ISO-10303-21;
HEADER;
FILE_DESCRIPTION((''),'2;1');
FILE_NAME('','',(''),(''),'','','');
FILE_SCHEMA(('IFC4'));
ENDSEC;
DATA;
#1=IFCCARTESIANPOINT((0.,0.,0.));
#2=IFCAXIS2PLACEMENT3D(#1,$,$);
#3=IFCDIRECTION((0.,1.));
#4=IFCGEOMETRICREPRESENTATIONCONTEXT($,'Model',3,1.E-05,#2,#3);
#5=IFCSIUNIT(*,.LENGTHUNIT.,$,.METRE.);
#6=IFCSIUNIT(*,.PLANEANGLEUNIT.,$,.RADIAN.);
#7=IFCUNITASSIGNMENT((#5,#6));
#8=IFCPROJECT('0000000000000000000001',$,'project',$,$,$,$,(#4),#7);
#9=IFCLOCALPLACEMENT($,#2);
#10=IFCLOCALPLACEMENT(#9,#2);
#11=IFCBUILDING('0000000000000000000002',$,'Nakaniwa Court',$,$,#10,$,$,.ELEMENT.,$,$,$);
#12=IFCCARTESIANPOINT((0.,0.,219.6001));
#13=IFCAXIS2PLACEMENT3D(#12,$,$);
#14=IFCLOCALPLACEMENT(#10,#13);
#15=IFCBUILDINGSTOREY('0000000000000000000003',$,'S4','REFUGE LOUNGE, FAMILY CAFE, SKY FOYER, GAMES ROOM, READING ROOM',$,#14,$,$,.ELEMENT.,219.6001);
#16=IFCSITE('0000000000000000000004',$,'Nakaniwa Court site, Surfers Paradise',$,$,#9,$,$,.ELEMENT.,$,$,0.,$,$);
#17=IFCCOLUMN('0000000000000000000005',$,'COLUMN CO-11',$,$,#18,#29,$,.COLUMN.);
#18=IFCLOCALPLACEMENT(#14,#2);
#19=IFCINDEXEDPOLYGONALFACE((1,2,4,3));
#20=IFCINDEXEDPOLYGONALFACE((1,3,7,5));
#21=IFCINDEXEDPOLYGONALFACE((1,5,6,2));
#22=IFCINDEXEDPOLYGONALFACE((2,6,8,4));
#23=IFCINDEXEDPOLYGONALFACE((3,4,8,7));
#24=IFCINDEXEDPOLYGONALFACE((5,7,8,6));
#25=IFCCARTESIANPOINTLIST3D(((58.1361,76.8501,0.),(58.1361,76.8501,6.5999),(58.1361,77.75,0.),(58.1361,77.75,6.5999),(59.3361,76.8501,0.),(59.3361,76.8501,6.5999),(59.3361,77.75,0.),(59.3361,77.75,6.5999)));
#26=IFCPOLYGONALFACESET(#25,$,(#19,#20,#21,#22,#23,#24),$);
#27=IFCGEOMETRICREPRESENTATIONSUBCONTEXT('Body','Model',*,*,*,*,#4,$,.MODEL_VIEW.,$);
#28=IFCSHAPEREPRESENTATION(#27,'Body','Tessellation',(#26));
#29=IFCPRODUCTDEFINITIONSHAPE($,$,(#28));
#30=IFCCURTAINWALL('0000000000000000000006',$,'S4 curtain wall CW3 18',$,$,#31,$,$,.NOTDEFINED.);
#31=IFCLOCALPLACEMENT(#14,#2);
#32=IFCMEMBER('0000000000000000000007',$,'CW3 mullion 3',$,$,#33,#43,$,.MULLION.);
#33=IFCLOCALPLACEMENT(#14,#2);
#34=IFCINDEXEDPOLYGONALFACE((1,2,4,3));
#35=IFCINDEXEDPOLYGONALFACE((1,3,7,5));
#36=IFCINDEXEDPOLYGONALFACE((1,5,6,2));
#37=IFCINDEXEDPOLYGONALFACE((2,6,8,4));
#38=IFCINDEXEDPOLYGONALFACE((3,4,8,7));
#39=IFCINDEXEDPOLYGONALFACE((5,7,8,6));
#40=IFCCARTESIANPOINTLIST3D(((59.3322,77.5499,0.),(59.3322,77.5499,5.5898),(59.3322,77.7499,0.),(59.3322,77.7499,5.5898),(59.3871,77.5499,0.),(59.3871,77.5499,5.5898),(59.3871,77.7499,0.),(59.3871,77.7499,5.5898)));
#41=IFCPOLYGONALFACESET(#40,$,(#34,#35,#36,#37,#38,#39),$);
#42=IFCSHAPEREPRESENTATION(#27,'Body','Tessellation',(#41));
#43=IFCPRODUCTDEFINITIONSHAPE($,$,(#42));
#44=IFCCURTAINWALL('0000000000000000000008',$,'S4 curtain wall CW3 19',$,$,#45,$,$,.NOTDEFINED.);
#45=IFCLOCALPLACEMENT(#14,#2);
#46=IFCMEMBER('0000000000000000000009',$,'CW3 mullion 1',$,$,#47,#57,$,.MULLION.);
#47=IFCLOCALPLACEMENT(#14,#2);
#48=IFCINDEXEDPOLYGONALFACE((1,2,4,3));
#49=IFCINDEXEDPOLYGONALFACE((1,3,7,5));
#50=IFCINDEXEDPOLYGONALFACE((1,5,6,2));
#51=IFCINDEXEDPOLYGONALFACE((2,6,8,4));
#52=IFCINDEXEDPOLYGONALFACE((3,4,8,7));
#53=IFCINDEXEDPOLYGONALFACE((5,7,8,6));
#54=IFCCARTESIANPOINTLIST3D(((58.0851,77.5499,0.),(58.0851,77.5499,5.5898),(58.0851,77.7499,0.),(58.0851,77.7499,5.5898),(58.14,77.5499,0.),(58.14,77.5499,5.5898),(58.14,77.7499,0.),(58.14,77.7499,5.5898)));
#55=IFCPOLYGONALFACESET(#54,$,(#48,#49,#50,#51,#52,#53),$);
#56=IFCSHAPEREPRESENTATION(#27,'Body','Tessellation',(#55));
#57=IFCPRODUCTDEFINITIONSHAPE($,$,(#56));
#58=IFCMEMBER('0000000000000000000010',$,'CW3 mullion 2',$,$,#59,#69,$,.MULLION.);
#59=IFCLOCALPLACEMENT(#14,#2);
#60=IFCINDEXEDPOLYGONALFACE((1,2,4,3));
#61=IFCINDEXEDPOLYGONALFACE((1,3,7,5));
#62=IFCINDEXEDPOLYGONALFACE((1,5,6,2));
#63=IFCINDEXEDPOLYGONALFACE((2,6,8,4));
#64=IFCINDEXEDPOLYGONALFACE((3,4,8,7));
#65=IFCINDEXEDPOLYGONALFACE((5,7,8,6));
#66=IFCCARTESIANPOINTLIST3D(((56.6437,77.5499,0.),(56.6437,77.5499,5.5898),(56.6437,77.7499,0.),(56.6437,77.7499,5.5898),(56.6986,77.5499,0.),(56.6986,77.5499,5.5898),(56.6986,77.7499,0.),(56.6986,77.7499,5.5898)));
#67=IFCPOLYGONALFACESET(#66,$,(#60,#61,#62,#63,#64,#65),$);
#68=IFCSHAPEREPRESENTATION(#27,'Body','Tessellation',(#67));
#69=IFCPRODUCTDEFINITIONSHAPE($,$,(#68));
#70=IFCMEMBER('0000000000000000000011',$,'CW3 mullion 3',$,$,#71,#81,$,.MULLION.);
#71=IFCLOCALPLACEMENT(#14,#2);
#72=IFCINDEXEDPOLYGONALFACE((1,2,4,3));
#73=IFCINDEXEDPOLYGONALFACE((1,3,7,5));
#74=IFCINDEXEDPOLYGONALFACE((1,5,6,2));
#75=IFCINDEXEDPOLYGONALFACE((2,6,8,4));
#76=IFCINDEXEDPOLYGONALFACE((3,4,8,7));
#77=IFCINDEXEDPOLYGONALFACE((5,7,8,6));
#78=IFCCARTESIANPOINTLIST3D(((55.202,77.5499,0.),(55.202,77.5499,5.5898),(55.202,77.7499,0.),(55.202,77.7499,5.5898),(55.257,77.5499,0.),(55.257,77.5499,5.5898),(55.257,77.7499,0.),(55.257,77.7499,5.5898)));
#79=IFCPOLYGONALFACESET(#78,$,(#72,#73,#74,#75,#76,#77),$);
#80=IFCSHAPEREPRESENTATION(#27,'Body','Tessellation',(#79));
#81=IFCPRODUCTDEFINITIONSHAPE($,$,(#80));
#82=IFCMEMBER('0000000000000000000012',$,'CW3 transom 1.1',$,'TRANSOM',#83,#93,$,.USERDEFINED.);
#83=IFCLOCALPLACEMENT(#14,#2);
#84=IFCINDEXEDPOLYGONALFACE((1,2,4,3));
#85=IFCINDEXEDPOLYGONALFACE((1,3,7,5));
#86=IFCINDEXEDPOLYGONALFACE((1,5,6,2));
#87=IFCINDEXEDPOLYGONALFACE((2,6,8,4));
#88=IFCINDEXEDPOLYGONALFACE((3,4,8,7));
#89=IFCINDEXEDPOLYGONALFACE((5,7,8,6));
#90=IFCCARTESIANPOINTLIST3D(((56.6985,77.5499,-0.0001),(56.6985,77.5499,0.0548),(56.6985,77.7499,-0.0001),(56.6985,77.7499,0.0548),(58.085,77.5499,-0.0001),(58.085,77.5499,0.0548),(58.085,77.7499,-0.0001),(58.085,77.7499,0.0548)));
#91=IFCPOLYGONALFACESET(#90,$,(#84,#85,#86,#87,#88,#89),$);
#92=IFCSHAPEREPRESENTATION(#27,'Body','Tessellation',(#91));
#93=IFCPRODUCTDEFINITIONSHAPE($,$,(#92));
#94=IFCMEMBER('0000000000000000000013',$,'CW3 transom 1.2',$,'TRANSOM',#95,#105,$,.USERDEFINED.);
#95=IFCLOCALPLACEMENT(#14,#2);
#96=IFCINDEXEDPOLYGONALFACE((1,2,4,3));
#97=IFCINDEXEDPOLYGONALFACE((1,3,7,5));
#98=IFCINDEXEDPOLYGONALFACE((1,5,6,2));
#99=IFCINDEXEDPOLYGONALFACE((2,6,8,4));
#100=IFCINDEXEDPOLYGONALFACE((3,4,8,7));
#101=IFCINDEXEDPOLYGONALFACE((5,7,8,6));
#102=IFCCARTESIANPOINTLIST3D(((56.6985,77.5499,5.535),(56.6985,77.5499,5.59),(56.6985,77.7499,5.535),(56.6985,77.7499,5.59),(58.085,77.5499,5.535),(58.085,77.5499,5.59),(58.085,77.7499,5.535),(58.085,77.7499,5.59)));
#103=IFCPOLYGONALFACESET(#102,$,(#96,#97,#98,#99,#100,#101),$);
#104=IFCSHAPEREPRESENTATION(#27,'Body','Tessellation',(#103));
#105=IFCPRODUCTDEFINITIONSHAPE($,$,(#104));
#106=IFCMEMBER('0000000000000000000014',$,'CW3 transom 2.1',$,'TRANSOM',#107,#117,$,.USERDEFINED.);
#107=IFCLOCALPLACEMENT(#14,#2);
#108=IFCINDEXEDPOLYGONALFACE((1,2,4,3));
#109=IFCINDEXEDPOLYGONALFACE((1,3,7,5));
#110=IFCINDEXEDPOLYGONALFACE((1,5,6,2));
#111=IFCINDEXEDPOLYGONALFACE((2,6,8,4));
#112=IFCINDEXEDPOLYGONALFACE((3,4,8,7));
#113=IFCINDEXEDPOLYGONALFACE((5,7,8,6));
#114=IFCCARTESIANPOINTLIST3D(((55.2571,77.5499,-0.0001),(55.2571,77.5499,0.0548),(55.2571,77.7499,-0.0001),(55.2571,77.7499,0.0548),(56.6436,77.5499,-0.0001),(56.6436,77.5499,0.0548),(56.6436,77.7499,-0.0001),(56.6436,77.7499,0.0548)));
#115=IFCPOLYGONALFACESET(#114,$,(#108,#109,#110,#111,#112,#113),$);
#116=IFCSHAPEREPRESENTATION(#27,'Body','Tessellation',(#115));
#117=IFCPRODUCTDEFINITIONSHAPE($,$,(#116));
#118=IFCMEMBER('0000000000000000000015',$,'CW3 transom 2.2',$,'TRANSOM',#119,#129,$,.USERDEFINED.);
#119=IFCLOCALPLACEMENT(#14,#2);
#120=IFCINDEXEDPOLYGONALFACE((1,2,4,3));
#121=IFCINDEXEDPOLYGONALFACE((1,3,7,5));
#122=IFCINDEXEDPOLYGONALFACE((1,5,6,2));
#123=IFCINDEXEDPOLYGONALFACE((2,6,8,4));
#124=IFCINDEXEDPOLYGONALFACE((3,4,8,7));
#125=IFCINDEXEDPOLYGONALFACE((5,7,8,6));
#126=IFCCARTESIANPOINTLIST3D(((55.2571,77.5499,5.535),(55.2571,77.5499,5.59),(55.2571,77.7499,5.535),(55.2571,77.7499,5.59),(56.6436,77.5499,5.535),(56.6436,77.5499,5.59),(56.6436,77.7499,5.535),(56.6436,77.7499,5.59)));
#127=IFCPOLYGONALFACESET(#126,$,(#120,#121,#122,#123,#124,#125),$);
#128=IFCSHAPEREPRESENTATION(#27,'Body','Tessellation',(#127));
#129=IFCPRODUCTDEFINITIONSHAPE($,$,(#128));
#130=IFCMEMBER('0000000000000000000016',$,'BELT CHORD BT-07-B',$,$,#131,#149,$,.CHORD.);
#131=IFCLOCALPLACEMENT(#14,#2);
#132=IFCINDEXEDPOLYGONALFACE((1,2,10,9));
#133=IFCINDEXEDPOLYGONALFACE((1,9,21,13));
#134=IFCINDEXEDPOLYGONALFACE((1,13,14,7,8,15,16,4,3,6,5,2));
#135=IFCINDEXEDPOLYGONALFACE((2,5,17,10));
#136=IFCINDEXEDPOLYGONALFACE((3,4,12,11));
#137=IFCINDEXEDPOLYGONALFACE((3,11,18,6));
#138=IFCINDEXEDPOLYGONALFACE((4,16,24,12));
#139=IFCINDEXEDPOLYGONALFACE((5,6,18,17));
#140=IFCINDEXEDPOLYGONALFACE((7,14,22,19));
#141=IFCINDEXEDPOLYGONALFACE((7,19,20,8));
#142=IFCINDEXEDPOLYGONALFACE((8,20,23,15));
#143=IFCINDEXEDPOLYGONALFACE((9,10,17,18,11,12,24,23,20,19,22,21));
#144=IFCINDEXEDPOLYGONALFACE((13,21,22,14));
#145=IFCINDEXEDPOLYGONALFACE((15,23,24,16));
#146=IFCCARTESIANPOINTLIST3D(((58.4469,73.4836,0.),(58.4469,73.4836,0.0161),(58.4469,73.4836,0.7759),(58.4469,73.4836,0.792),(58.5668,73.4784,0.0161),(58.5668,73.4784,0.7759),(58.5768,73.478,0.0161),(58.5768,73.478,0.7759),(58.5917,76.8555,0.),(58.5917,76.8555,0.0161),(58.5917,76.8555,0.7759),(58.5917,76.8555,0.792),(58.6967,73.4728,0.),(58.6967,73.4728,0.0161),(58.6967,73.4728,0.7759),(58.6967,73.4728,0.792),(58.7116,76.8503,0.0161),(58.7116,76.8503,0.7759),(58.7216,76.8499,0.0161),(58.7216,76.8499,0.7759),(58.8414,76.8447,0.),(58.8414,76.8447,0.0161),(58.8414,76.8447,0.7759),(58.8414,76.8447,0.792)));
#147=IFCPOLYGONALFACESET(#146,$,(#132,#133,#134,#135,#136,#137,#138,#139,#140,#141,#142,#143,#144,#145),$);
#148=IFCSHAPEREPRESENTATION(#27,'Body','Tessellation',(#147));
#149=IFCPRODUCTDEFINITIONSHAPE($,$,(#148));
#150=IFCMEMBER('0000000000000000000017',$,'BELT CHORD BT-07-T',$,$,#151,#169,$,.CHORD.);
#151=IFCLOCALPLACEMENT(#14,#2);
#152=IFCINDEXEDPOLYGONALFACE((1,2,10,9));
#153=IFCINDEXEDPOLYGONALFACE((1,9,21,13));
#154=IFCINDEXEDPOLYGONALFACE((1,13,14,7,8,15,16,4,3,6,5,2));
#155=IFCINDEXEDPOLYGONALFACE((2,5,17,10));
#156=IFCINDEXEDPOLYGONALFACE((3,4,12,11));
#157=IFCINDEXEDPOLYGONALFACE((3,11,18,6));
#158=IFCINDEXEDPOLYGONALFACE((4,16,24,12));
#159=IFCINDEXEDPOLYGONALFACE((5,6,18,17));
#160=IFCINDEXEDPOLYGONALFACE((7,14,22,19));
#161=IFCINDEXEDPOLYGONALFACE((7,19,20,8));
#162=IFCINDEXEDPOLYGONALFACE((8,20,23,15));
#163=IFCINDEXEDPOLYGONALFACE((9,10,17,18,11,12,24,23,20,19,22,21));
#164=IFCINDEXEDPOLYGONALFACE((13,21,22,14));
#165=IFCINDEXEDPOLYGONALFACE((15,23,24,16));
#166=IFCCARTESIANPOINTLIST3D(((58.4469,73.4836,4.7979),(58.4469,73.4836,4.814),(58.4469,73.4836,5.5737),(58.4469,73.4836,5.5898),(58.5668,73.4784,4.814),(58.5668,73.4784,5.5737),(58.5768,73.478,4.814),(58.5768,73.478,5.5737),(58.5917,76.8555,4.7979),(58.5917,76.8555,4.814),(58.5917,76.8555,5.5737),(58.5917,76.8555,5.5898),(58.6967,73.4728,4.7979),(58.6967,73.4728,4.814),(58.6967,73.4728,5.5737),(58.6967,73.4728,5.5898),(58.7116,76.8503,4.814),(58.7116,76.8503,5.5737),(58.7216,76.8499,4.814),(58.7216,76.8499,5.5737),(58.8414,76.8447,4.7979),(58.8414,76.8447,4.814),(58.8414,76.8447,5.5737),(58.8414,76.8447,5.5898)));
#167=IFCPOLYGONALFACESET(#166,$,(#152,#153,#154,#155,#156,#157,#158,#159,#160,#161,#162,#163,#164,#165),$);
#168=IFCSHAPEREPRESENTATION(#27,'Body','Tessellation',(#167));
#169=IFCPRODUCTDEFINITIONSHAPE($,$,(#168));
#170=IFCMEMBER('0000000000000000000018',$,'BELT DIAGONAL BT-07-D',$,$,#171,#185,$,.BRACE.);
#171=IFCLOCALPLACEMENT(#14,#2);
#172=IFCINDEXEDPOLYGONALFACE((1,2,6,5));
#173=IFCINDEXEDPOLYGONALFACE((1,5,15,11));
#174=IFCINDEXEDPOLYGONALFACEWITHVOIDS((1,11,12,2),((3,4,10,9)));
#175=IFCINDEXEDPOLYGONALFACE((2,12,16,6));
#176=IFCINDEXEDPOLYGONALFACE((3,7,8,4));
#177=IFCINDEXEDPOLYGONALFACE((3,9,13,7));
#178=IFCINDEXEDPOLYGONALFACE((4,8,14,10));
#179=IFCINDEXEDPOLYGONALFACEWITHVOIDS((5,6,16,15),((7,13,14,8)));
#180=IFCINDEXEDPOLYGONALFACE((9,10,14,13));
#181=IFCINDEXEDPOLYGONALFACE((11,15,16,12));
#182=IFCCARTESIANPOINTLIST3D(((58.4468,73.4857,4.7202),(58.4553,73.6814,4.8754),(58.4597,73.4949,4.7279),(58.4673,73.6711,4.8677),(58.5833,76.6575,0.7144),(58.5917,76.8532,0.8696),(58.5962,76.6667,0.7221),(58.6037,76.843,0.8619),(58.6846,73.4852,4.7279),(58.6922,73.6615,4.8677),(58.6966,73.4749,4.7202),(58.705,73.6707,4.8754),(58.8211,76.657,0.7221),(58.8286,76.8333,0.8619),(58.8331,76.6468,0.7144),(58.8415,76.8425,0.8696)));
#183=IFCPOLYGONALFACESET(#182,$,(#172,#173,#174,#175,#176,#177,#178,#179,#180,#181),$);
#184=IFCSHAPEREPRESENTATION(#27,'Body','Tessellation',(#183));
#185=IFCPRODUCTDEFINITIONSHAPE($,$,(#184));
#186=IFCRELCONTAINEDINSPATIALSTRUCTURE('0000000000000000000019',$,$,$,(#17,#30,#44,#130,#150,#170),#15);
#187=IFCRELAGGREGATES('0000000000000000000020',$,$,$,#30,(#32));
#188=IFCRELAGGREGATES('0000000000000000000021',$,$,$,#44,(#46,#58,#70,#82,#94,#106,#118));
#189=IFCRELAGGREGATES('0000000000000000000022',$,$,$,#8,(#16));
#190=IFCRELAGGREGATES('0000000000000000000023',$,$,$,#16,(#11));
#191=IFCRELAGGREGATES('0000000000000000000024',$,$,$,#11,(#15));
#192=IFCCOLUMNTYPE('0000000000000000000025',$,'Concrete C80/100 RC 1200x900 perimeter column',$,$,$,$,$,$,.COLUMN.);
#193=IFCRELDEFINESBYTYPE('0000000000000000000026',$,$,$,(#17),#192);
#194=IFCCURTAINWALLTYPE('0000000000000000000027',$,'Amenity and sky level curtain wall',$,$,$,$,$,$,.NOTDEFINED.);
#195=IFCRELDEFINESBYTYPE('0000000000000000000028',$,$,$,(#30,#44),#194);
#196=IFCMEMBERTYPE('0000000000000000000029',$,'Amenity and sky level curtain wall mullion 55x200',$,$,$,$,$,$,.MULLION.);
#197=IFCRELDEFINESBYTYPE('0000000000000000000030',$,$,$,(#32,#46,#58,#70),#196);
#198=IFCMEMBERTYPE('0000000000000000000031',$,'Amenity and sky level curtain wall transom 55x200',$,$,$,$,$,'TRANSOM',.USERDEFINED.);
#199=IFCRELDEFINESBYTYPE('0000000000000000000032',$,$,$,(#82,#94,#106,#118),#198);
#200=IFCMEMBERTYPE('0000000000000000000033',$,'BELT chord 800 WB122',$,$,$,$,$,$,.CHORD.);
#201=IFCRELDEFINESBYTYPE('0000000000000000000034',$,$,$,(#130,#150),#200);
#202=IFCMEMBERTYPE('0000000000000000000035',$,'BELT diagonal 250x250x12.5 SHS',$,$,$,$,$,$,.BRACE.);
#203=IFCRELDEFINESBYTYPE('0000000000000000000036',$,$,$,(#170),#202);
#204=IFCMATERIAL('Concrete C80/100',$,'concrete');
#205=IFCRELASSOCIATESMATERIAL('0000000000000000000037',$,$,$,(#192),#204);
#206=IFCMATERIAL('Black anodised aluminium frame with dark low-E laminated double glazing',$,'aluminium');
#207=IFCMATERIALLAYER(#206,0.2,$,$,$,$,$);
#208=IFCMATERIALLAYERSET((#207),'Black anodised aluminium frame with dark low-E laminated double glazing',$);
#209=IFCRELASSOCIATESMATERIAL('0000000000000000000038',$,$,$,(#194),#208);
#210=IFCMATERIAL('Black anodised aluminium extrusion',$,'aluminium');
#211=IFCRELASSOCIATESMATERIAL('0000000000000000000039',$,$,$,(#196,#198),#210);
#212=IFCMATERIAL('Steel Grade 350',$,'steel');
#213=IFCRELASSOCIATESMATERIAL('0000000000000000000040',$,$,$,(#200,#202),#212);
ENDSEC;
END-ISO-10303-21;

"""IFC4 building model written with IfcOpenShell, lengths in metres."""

from ifc_helpers import new_model, si_unit, direction, frame, origin, origin_2d, place, context, subcontext, project, spatial, rectangle, hollow_rectangle, i_section, extrude, material, layer, layer_set, material_profile, profile_set, type_object, element, aggregate, save


model = new_model("IFC4")

# Units and contexts
model_context = context("Model", 3, precision=1e-05, world=origin(), true_north=direction((0.0, 1.0)))
body_context = subcontext(model_context, "Body", "Model", "MODEL_VIEW")
ifc_project = project(units=[si_unit("LENGTHUNIT", "METRE"), si_unit("PLANEANGLEUNIT", "RADIAN")], contexts=[model_context])

# Site, building, storey
site_placement = place(None, origin())
site = spatial("IfcSite", under=ifc_project, at=site_placement, Name="Nakaniwa Court site, Surfers Paradise", CompositionType="ELEMENT", RefElevation=0.0)
building_placement = place(site_placement, origin())
building = spatial("IfcBuilding", under=site, at=building_placement, Name="Nakaniwa Court", CompositionType="ELEMENT")
storey_placement = place(building_placement, frame((0.0, 0.0, 219.6001)))
storey = spatial("IfcBuildingStorey", under=building, at=storey_placement, Name="S4", Description="REFUGE LOUNGE, FAMILY CAFE, SKY FOYER, GAMES ROOM, READING ROOM", CompositionType="ELEMENT", Elevation=219.6001)

# Column
ifc_material_1 = material(Name="Concrete C80/100", Category="concrete")
ifc_material_profile_1 = material_profile(ifc_material_1, rectangle(XDim=1.2, YDim=0.8999, at=origin_2d()), Name="Concrete C80/100 RC 1200x900 perimeter column")
ifc_profile_set_1 = profile_set([ifc_material_profile_1], Name="Concrete C80/100")
column_type = type_object("IfcColumnType", Name="Concrete C80/100 RC 1200x900 perimeter column", PredefinedType="COLUMN", material=ifc_profile_set_1)
column_placement = place(storey_placement, frame((58.7361, 77.3, 0.0), z_axis=(0.0, 0.0, 1.0), x_axis=(-1.0, 0.0, 0.0)))
element("IfcColumn", 1, at=column_placement, inside=storey, type_object=column_type, Name="COLUMN CO-11", PredefinedType="COLUMN", context=body_context, shape_type="SweptSolid", body=[
    extrude(rectangle(XDim=1.2, YDim=0.8999, at=origin_2d()), origin(), (0.0, 0.0, 1.0), 6.5999),
])

# Curtain wall, member
ifc_material_2 = material(Name="Black anodised aluminium frame with dark low-E laminated double glazing", Category="aluminium")
ifc_layer_1 = layer(ifc_material_2, 0.2)
ifc_layer_set_1 = layer_set([ifc_layer_1], Name="Black anodised aluminium frame with dark low-E laminated double glazing")
curtain_wall_type = type_object("IfcCurtainWallType", Name="Amenity and sky level curtain wall", PredefinedType="NOTDEFINED", material=ifc_layer_set_1)
curtain_wall_1_placement = place(storey_placement, origin())
curtain_wall_1 = element("IfcCurtainWall", 2, at=curtain_wall_1_placement, inside=storey, type_object=curtain_wall_type, Name="S4 curtain wall CW3 18", PredefinedType="NOTDEFINED")
ifc_material_3 = material(Name="Black anodised aluminium extrusion", Category="aluminium")
ifc_material_profile_2 = material_profile(ifc_material_3, rectangle(XDim=0.2, YDim=0.0549, at=origin_2d()), Name="Amenity and sky level curtain wall mullion 55x200")
ifc_profile_set_2 = profile_set([ifc_material_profile_2], Name="Black anodised aluminium extrusion")
member_type_1 = type_object("IfcMemberType", Name="Amenity and sky level curtain wall mullion 55x200", PredefinedType="MULLION", material=ifc_profile_set_2)
member_1_placement = place(storey_placement, frame((59.3596, 77.6499, 0.0), z_axis=(0.0, 0.0, 1.0), x_axis=(0.0, -1.0, 0.0)))
member_1 = element("IfcMember", 3, at=member_1_placement, type_object=member_type_1, Name="CW3 mullion 3", PredefinedType="MULLION", context=body_context, shape_type="SweptSolid", body=[
    extrude(rectangle(XDim=0.2, YDim=0.0549, at=origin_2d()), origin(), (0.0, 0.0, 1.0), 5.5898),
])

# Curtain wall, members
curtain_wall_2_placement = place(storey_placement, origin())
curtain_wall_2 = element("IfcCurtainWall", 4, at=curtain_wall_2_placement, inside=storey, type_object=curtain_wall_type, Name="S4 curtain wall CW3 19", PredefinedType="NOTDEFINED")
member_2_placement = place(storey_placement, frame((58.1125, 77.6499, 0.0), z_axis=(0.0, 0.0, 1.0), x_axis=(0.0, -1.0, 0.0)))
member_2 = element("IfcMember", 5, at=member_2_placement, type_object=member_type_1, Name="CW3 mullion 1", PredefinedType="MULLION", context=body_context, shape_type="SweptSolid", body=[
    extrude(rectangle(XDim=0.2, YDim=0.0549, at=origin_2d()), origin(), (0.0, 0.0, 1.0), 5.5898),
])
member_3_placement = place(storey_placement, frame((56.6711, 77.6499, 0.0), z_axis=(0.0, 0.0, 1.0), x_axis=(0.0, -1.0, 0.0)))
member_3 = element("IfcMember", 6, at=member_3_placement, type_object=member_type_1, Name="CW3 mullion 2", PredefinedType="MULLION", context=body_context, shape_type="SweptSolid", body=[
    extrude(rectangle(XDim=0.2, YDim=0.0549, at=origin_2d()), origin(), (0.0, 0.0, 1.0), 5.5898),
])
member_4_placement = place(storey_placement, frame((55.2295, 77.6499, 0.0), z_axis=(0.0, 0.0, 1.0), x_axis=(0.0, -1.0, 0.0)))
member_4 = element("IfcMember", 7, at=member_4_placement, type_object=member_type_1, Name="CW3 mullion 3", PredefinedType="MULLION", context=body_context, shape_type="SweptSolid", body=[
    extrude(rectangle(XDim=0.2, YDim=0.0549, at=origin_2d()), origin(), (0.0, 0.0, 1.0), 5.5898),
])
ifc_material_profile_3 = material_profile(ifc_material_3, rectangle(XDim=0.2, YDim=0.0549, at=origin_2d()), Name="Amenity and sky level curtain wall transom 55x200")
ifc_profile_set_3 = profile_set([ifc_material_profile_3], Name="Black anodised aluminium extrusion")
member_type_2 = type_object("IfcMemberType", Name="Amenity and sky level curtain wall transom 55x200", ElementType="TRANSOM", PredefinedType="USERDEFINED", material=ifc_profile_set_3)
member_5_placement = place(storey_placement, frame((58.085, 77.6499, 0.0273), z_axis=(-1.0, 0.0, 0.0), x_axis=(0.0, -1.0, 0.0)))
member_5 = element("IfcMember", 8, at=member_5_placement, type_object=member_type_2, Name="CW3 transom 1.1", ObjectType="TRANSOM", PredefinedType="USERDEFINED", context=body_context, shape_type="SweptSolid", body=[
    extrude(rectangle(XDim=0.2, YDim=0.0549, at=origin_2d()), origin(), (0.0, 0.0, 1.0), 1.3865),
])
member_6_placement = place(storey_placement, frame((58.085, 77.6499, 5.5625), z_axis=(-1.0, 0.0, 0.0), x_axis=(0.0, -1.0, 0.0)))
member_6 = element("IfcMember", 9, at=member_6_placement, type_object=member_type_2, Name="CW3 transom 1.2", ObjectType="TRANSOM", PredefinedType="USERDEFINED", context=body_context, shape_type="SweptSolid", body=[
    extrude(rectangle(XDim=0.2, YDim=0.0549, at=origin_2d()), origin(), (0.0, 0.0, 1.0), 1.3865),
])
member_7_placement = place(storey_placement, frame((56.6436, 77.6499, 0.0273), z_axis=(-1.0, 0.0, 0.0), x_axis=(0.0, -1.0, 0.0)))
member_7 = element("IfcMember", 10, at=member_7_placement, type_object=member_type_2, Name="CW3 transom 2.1", ObjectType="TRANSOM", PredefinedType="USERDEFINED", context=body_context, shape_type="SweptSolid", body=[
    extrude(rectangle(XDim=0.2, YDim=0.0549, at=origin_2d()), origin(), (0.0, 0.0, 1.0), 1.3865),
])
member_8_placement = place(storey_placement, frame((56.6436, 77.6499, 5.5625), z_axis=(-1.0, 0.0, 0.0), x_axis=(0.0, -1.0, 0.0)))
member_8 = element("IfcMember", 11, at=member_8_placement, type_object=member_type_2, Name="CW3 transom 2.2", ObjectType="TRANSOM", PredefinedType="USERDEFINED", context=body_context, shape_type="SweptSolid", body=[
    extrude(rectangle(XDim=0.2, YDim=0.0549, at=origin_2d()), origin(), (0.0, 0.0, 1.0), 1.3865),
])

# Members
ifc_material_4 = material(Name="Steel Grade 350", Category="steel")
ifc_material_profile_4 = material_profile(ifc_material_4, i_section(OverallWidth=0.25, OverallDepth=0.792, WebThickness=0.01, FlangeThickness=0.0161, at=origin_2d()), Name="800WB122")
ifc_profile_set_4 = profile_set([ifc_material_profile_4], Name="Steel Grade 350")
member_type_3 = type_object("IfcMemberType", Name="BELT chord 800 WB122", PredefinedType="CHORD", material=ifc_profile_set_4)
for number, where, z_axis, x_axis, name in (
    (12, (58.7166, 76.8501, 0.396), (-0.042897, -0.999079, 0.0), (0.999079, -0.042897, 0.0), "BELT CHORD BT-07-B"),
    (13, (58.7166, 76.8501, 5.1938), (-0.042897, -0.999079, 0.0), (0.999079, -0.042897, 0.0), "BELT CHORD BT-07-T"),
):
    element("IfcMember", number, at=place(storey_placement, frame(where, z_axis=z_axis, x_axis=x_axis)), inside=storey, type_object=member_type_3, Name=name, PredefinedType="CHORD", context=body_context, shape_type="SweptSolid", body=[
        extrude(i_section(OverallWidth=0.25, OverallDepth=0.792, WebThickness=0.01, FlangeThickness=0.0161, at=origin_2d()), origin(), (0.0, 0.0, 1.0), 3.375),
    ])
ifc_material_profile_5 = material_profile(ifc_material_4, hollow_rectangle(XDim=0.25, YDim=0.25, WallThickness=0.0125, at=origin_2d()), Name="BELT diagonal 250x250x12.5 SHS")
ifc_profile_set_5 = profile_set([ifc_material_profile_5], Name="Steel Grade 350")
member_type_4 = type_object("IfcMemberType", Name="BELT diagonal 250x250x12.5 SHS", PredefinedType="BRACE", material=ifc_profile_set_5)
member_9_placement = place(storey_placement, frame((58.7124, 76.75, 0.792), z_axis=(-0.0267, -0.62055, 0.783712), x_axis=(0.999076, -0.042987, 0.0)))
element("IfcMember", 14, at=member_9_placement, inside=storey, type_object=member_type_4, Name="BELT DIAGONAL BT-07-D", PredefinedType="BRACE", context=body_context, shape_type="SweptSolid", body=[
    extrude(hollow_rectangle(XDim=0.25, YDim=0.25, WallThickness=0.0125, at=origin_2d()), origin(), (0.0, 0.0, 1.0), 5.1113),
])

aggregate(curtain_wall_1, [member_1])
aggregate(curtain_wall_2, [member_2, member_3, member_4, member_5, member_6, member_7, member_8])

save(model, "model.ifc")
